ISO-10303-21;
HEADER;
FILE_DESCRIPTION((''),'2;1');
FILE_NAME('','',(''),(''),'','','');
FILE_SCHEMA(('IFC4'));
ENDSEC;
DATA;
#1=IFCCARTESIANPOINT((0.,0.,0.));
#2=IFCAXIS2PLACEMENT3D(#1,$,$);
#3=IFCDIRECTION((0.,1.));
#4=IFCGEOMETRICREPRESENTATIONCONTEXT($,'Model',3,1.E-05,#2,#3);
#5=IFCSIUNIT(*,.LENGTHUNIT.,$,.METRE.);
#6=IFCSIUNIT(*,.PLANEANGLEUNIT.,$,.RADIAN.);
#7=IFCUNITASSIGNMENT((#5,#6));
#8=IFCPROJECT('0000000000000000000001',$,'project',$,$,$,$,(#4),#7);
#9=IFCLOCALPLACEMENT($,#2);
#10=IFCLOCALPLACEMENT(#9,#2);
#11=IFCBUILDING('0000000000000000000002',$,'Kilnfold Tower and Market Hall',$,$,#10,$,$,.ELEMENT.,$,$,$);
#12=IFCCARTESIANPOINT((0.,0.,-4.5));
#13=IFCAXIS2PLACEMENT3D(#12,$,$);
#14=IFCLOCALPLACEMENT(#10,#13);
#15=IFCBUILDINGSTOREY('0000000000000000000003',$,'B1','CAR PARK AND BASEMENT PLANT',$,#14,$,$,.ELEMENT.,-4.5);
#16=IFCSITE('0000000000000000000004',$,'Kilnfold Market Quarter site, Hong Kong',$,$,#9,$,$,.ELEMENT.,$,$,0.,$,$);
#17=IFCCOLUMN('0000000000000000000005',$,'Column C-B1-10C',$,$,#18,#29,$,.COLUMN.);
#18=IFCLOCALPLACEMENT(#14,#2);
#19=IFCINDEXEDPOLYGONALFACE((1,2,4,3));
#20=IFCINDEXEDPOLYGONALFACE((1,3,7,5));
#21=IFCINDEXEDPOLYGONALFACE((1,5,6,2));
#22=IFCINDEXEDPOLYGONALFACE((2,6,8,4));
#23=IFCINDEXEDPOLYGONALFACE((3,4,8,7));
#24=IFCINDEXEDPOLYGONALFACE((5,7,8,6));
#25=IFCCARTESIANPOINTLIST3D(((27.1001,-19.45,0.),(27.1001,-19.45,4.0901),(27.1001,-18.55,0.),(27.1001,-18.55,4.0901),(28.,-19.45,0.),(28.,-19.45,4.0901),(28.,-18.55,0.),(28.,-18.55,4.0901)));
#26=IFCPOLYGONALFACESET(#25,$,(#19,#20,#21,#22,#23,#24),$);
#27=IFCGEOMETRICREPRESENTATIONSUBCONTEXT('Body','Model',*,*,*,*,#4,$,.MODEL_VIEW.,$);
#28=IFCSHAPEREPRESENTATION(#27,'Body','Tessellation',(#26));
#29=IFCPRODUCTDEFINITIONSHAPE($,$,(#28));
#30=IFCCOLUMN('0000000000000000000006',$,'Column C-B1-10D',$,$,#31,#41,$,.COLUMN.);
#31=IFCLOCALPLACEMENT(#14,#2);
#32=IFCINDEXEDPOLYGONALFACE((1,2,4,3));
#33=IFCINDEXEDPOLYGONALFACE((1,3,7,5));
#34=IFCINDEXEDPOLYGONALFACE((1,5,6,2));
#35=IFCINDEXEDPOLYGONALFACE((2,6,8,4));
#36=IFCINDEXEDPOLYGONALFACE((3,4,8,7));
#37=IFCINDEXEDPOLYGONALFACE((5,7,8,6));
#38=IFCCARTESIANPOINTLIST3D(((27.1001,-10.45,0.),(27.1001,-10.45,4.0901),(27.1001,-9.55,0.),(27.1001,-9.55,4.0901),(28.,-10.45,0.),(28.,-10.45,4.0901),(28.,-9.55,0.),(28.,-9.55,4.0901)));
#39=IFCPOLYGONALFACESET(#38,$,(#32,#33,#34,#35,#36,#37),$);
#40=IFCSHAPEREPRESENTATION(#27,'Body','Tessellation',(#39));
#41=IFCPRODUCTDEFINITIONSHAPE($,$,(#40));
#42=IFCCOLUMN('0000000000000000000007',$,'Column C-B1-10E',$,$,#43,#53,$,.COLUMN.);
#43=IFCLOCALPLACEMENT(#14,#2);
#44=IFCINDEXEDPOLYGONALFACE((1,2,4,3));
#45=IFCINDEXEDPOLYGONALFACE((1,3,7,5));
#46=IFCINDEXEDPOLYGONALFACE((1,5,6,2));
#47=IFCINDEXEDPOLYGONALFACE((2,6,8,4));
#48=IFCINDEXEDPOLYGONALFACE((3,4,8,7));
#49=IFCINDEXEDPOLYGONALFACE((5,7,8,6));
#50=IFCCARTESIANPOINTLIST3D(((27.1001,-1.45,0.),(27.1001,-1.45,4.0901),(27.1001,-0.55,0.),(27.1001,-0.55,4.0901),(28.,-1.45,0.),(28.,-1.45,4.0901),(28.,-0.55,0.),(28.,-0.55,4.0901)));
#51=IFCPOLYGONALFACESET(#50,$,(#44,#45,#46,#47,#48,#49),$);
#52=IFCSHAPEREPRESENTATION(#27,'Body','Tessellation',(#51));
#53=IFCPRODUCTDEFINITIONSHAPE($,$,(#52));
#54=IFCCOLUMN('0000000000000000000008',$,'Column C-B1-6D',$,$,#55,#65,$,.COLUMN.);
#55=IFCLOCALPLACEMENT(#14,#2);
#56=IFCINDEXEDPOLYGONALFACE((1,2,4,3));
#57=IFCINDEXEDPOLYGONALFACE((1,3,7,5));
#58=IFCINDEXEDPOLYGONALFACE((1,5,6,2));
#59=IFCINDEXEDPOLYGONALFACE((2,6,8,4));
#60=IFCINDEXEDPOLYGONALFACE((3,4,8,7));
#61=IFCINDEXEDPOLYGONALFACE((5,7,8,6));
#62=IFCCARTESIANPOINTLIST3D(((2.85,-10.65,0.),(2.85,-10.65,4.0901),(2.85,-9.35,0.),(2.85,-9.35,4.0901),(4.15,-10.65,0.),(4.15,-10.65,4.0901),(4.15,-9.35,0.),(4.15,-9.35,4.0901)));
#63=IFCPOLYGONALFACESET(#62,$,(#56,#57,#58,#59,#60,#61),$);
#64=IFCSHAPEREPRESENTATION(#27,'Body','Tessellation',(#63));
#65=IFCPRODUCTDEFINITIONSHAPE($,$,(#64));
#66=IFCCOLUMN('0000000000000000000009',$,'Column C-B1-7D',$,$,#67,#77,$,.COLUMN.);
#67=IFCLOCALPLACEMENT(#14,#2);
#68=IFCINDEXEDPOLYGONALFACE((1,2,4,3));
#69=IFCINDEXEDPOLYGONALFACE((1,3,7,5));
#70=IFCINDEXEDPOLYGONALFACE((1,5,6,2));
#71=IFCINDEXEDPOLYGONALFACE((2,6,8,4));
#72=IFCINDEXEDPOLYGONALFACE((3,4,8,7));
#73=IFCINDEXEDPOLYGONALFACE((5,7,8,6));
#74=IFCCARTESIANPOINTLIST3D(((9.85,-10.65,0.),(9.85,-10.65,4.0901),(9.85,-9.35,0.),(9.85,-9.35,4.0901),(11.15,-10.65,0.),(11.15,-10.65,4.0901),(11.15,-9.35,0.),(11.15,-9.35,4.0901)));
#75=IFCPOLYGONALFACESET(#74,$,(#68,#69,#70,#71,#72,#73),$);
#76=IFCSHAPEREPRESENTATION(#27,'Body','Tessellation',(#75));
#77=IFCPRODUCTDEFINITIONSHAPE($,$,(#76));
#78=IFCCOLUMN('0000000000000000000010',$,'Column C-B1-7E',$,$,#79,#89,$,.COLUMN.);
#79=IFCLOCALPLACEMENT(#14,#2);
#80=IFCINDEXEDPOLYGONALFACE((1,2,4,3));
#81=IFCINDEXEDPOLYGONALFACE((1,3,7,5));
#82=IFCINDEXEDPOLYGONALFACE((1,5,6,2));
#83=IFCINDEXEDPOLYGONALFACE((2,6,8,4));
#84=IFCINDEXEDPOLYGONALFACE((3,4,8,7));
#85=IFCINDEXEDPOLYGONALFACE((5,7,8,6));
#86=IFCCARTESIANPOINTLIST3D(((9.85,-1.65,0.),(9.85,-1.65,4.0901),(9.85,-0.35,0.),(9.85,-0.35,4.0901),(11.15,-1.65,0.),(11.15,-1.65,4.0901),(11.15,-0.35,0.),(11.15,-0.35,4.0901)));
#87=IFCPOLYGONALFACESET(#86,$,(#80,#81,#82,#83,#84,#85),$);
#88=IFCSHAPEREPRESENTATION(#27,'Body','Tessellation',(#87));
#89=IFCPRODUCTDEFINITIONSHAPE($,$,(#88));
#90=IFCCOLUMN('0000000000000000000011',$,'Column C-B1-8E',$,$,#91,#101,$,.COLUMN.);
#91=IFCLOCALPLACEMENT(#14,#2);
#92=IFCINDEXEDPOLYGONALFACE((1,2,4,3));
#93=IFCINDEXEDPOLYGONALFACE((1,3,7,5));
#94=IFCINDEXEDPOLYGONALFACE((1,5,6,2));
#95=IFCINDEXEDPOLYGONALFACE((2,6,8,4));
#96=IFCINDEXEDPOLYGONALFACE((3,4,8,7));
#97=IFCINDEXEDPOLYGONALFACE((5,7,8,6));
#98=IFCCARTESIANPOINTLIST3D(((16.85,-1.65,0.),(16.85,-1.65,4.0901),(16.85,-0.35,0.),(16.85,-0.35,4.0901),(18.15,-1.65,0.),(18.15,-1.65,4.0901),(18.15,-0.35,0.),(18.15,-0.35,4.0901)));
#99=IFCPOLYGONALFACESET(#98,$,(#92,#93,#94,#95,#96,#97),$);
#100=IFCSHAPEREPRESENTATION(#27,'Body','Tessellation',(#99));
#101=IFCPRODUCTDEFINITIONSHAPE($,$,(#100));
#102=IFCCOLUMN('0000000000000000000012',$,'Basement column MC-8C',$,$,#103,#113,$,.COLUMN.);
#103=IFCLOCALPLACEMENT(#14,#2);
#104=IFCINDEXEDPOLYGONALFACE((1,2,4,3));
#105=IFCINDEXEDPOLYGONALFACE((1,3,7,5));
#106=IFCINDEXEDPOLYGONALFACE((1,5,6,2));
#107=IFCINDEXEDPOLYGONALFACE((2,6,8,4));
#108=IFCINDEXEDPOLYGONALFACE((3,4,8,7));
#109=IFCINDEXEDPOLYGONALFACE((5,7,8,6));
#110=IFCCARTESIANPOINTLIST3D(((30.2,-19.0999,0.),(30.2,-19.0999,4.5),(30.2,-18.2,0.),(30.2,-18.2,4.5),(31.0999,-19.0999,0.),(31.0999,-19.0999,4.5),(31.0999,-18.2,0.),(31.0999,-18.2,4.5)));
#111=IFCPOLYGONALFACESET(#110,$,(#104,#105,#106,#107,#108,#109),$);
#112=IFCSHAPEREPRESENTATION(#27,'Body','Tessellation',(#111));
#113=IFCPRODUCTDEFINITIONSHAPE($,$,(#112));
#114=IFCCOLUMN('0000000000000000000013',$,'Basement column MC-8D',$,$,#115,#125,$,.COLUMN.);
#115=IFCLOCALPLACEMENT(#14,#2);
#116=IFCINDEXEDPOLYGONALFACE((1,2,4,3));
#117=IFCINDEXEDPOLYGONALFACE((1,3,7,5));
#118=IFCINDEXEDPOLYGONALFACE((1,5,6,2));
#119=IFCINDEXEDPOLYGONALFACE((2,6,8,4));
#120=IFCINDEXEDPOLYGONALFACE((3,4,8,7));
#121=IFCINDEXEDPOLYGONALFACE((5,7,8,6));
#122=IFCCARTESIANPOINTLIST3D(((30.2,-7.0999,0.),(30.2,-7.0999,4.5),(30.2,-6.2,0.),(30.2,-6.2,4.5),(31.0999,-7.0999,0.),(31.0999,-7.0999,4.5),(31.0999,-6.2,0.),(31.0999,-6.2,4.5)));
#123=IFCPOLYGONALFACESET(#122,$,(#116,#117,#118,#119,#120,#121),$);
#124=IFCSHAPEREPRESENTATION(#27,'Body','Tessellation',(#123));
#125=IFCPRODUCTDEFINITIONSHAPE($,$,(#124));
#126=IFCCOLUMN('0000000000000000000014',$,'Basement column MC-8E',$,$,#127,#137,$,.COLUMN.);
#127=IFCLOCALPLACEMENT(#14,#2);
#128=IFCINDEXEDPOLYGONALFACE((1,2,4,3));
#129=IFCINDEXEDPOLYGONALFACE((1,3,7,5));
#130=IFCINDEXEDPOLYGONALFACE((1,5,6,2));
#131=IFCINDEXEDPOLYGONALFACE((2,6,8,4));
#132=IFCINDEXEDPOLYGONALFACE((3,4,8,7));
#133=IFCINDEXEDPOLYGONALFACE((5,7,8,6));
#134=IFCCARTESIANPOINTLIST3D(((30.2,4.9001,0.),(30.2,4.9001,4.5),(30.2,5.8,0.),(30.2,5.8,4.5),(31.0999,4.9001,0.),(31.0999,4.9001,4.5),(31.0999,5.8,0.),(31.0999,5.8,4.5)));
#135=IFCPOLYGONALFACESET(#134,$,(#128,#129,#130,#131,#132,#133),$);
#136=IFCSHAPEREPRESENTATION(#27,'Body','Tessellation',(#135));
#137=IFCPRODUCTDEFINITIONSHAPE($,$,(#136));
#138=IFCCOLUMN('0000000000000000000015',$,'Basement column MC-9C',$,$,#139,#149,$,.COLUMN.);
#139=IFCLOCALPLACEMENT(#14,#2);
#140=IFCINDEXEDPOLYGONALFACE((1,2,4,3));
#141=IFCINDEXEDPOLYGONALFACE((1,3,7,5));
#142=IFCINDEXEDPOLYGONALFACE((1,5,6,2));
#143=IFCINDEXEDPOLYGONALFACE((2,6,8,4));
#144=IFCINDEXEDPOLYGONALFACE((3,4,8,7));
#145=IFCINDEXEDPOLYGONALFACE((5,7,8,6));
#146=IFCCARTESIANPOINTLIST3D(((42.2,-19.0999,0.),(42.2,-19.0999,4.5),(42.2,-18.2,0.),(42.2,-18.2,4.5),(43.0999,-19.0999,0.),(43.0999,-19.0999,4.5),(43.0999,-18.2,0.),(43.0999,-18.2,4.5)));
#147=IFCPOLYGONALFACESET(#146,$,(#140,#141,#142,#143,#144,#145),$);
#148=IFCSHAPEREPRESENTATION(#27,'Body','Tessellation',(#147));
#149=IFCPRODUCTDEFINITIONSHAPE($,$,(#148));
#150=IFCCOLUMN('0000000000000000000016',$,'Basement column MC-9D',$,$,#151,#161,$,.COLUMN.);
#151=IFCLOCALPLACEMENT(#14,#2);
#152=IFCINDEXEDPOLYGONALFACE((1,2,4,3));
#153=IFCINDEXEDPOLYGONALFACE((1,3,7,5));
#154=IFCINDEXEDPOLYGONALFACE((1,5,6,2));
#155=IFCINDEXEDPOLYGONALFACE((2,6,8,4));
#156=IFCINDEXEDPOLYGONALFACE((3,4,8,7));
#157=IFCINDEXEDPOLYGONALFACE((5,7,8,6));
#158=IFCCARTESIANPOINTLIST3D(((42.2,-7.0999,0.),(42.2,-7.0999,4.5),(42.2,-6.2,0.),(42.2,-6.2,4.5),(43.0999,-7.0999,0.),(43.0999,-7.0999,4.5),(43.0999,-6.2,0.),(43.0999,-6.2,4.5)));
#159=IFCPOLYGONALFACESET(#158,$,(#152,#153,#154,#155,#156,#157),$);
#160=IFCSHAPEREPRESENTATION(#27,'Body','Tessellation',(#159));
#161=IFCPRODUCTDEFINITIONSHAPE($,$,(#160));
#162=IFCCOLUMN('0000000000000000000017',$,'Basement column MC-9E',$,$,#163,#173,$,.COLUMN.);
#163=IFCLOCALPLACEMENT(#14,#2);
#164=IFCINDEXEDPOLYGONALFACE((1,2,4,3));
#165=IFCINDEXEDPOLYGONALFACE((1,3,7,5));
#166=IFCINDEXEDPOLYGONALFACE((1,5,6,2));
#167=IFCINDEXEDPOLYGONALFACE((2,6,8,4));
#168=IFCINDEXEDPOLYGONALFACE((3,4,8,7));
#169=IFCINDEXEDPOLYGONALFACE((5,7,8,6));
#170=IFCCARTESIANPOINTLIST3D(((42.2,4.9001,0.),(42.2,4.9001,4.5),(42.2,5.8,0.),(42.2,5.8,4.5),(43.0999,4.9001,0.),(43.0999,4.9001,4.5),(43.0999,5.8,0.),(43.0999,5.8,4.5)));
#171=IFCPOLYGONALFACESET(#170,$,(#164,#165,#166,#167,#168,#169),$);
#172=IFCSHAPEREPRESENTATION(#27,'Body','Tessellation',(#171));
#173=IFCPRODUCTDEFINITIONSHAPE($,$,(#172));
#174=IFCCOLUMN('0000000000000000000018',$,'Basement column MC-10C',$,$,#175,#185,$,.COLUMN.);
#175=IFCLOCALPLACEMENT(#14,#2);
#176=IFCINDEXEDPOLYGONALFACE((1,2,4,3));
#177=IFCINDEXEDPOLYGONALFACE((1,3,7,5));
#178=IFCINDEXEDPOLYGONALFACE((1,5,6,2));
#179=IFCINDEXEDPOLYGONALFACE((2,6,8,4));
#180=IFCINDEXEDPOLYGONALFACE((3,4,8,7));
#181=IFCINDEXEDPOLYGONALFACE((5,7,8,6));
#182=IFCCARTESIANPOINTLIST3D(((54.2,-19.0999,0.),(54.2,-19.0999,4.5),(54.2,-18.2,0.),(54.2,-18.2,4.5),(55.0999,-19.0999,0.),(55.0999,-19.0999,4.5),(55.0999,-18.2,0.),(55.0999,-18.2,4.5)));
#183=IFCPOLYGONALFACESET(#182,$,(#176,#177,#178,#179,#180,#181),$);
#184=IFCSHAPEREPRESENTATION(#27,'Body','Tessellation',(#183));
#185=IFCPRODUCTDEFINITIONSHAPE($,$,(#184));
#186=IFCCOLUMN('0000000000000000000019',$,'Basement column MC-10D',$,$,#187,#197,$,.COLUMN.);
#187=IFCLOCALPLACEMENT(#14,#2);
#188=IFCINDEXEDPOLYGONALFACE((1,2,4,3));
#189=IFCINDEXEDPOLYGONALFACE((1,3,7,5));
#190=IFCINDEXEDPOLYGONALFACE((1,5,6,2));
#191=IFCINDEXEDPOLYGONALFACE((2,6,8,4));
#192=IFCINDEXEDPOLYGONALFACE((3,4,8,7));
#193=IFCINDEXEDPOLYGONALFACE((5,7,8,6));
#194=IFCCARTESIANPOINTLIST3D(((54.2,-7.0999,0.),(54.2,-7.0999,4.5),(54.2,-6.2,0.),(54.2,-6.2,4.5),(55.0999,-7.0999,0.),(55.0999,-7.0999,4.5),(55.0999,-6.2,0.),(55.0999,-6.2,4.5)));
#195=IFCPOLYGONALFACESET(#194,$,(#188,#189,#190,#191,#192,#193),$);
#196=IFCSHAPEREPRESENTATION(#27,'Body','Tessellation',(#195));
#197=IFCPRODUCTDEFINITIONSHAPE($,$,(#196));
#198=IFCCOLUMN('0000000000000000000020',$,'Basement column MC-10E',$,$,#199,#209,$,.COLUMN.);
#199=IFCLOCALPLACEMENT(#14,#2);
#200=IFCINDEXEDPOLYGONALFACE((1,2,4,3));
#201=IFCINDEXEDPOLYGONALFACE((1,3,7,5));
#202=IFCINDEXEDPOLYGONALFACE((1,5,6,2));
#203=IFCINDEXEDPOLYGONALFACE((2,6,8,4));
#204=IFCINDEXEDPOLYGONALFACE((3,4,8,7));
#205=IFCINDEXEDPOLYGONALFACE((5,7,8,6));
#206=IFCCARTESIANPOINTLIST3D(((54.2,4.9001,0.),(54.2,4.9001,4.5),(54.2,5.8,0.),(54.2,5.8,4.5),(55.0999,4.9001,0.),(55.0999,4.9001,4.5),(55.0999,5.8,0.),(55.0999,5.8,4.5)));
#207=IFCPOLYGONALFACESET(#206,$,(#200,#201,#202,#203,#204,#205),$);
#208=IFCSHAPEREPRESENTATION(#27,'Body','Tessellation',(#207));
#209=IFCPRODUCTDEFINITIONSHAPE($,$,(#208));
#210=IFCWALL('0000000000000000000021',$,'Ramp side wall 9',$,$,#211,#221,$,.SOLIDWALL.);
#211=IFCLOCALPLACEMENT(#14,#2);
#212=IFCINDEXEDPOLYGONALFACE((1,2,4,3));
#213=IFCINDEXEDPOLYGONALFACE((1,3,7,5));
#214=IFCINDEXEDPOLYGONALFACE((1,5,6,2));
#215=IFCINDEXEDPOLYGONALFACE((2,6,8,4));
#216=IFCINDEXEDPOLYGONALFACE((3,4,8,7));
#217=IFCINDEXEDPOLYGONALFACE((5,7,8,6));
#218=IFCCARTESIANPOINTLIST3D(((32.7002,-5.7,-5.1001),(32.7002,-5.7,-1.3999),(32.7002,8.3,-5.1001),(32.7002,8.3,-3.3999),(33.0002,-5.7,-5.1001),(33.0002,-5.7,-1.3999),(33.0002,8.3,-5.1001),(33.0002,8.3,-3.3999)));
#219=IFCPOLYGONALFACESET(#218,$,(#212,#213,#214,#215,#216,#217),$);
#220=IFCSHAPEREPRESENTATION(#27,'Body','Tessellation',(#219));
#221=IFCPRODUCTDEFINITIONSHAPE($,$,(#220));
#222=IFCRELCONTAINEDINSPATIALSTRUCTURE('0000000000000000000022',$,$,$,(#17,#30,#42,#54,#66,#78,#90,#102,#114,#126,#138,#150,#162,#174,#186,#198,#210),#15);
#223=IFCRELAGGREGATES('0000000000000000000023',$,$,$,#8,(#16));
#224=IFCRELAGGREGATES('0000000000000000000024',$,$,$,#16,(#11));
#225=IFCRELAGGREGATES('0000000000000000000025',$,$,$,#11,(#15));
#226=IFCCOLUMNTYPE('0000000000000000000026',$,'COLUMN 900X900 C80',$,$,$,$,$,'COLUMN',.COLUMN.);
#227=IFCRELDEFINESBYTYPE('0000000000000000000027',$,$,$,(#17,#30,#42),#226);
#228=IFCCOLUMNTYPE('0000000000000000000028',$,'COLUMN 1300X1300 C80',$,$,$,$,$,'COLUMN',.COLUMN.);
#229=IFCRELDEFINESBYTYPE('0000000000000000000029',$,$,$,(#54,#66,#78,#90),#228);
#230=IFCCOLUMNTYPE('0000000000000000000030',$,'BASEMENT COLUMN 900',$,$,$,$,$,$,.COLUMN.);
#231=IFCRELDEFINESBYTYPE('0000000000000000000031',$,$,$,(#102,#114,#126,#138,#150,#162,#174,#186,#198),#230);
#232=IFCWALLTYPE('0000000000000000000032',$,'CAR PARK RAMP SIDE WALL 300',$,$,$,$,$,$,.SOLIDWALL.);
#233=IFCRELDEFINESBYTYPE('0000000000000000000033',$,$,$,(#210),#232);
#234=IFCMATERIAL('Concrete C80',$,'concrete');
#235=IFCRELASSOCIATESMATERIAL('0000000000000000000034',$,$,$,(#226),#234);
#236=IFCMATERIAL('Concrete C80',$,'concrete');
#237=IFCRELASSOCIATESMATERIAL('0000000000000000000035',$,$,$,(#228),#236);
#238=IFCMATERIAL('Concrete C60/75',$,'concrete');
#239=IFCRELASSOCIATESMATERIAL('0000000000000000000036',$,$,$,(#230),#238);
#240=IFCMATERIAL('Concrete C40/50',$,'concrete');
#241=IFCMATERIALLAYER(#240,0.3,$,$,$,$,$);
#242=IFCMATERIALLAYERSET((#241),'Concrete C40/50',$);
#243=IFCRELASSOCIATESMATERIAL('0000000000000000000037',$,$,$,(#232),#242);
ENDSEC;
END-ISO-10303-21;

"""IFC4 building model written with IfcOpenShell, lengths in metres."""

from ifc_helpers import new_model, si_unit, direction, frame, origin, origin_2d, place, context, subcontext, project, spatial, polyline, rectangle, outline, extrude, source, transform, mapped, material, layer, layer_set, material_profile, profile_set, type_object, element, save


model = new_model("IFC4")

# Units and contexts
model_context = context("Model", 3, precision=1e-05, world=origin(), true_north=direction((0.0, 1.0)))
body_context = subcontext(model_context, "Body", "Model", "MODEL_VIEW")
ifc_project = project(units=[si_unit("LENGTHUNIT", "METRE"), si_unit("PLANEANGLEUNIT", "RADIAN")], contexts=[model_context])

# Site, building, storey
site_placement = place(None, origin())
site = spatial("IfcSite", under=ifc_project, at=site_placement, Name="Kilnfold Market Quarter site, Hong Kong", CompositionType="ELEMENT", RefElevation=0.0)
building_placement = place(site_placement, origin())
building = spatial("IfcBuilding", under=site, at=building_placement, Name="Kilnfold Tower and Market Hall", CompositionType="ELEMENT")
storey_placement = place(building_placement, frame((0.0, 0.0, -4.5)))
storey = spatial("IfcBuildingStorey", under=building, at=storey_placement, Name="B1", Description="CAR PARK AND BASEMENT PLANT", CompositionType="ELEMENT", Elevation=-4.5)

# Columns
ifc_material_1 = material(Name="Concrete C80", Category="concrete")
ifc_material_profile_1 = material_profile(ifc_material_1, rectangle(XDim=0.8999, YDim=0.8999, at=origin_2d()), Name="RC 900x900")
ifc_profile_set_1 = profile_set([ifc_material_profile_1], Name="Concrete C80")
column_type_1 = type_object("IfcColumnType", Name="COLUMN 900X900 C80", ElementType="COLUMN", PredefinedType="COLUMN", material=ifc_profile_set_1)
shared_shape_1 = source(origin(), body_context, "Body", "SweptSolid", [
    extrude(rectangle(XDim=0.8999, YDim=0.8999, at=origin_2d()), origin(), (0.0, 0.0, 1.0), 4.0901),
])
for number, where, z_axis, x_axis, name in (
    (1, (27.55, -19.0, 0.0), (0.0, 0.0, 1.0), (1.0, 0.0, 0.0), "Column C-B1-10C"),
    (2, (27.55, -10.0, 0.0), (0.0, 0.0, 1.0), (1.0, 0.0, 0.0), "Column C-B1-10D"),
    (3, (27.55, -1.0, 0.0), (0.0, 0.0, 1.0), (1.0, 0.0, 0.0), "Column C-B1-10E"),
):
    element("IfcColumn", number, at=place(storey_placement, frame(where, z_axis=z_axis, x_axis=x_axis)), inside=storey, type_object=column_type_1, Name=name, PredefinedType="COLUMN", context=body_context, shape_type="MappedRepresentation", body=[
        mapped(shared_shape_1, transform((0.0, 0.0, 0.0))),
    ])
ifc_material_2 = material(Name="Concrete C80", Category="concrete")
ifc_material_profile_2 = material_profile(ifc_material_2, rectangle(XDim=1.3, YDim=1.3, at=origin_2d()), Name="RC 1300x1300")
ifc_profile_set_2 = profile_set([ifc_material_profile_2], Name="Concrete C80")
column_type_2 = type_object("IfcColumnType", Name="COLUMN 1300X1300 C80", ElementType="COLUMN", PredefinedType="COLUMN", material=ifc_profile_set_2)
shared_shape_2 = source(origin(), body_context, "Body", "SweptSolid", [
    extrude(rectangle(XDim=1.3, YDim=1.3, at=origin_2d()), origin(), (0.0, 0.0, 1.0), 4.0901),
])
for number, where, z_axis, x_axis, name in (
    (4, (3.5, -10.0, 0.0), (0.0, 0.0, 1.0), (1.0, 0.0, 0.0), "Column C-B1-6D"),
    (5, (10.5, -10.0, 0.0), (0.0, 0.0, 1.0), (1.0, 0.0, 0.0), "Column C-B1-7D"),
    (6, (10.5, -1.0, 0.0), (0.0, 0.0, 1.0), (1.0, 0.0, 0.0), "Column C-B1-7E"),
    (7, (17.5, -1.0, 0.0), (0.0, 0.0, 1.0), (1.0, 0.0, 0.0), "Column C-B1-8E"),
):
    element("IfcColumn", number, at=place(storey_placement, frame(where, z_axis=z_axis, x_axis=x_axis)), inside=storey, type_object=column_type_2, Name=name, PredefinedType="COLUMN", context=body_context, shape_type="MappedRepresentation", body=[
        mapped(shared_shape_2, transform((0.0, 0.0, 0.0))),
    ])
ifc_material_3 = material(Name="Concrete C60/75", Category="concrete")
ifc_material_profile_3 = material_profile(ifc_material_3, rectangle(XDim=0.8999, YDim=0.8999, at=origin_2d()), Name="RC 900x900")
ifc_profile_set_3 = profile_set([ifc_material_profile_3], Name="Concrete C60/75")
column_type_3 = type_object("IfcColumnType", Name="BASEMENT COLUMN 900", PredefinedType="COLUMN", material=ifc_profile_set_3)
shared_shape_3 = source(origin(), body_context, "Body", "SweptSolid", [
    extrude(rectangle(XDim=0.8999, YDim=0.8999, at=origin_2d()), origin(), (0.0, 0.0, 1.0), 4.5),
])
for number, where, z_axis, x_axis, name in (
    (8, (30.6499, -18.6499, 0.0), (0.0, 0.0, 1.0), (1.0, 0.0, 0.0), "Basement column MC-8C"),
    (9, (30.6499, -6.6499, 0.0), (0.0, 0.0, 1.0), (1.0, 0.0, 0.0), "Basement column MC-8D"),
    (10, (30.6499, 5.3501, 0.0), (0.0, 0.0, 1.0), (1.0, 0.0, 0.0), "Basement column MC-8E"),
    (11, (42.6499, -18.6499, 0.0), (0.0, 0.0, 1.0), (1.0, 0.0, 0.0), "Basement column MC-9C"),
    (12, (42.6499, -6.6499, 0.0), (0.0, 0.0, 1.0), (1.0, 0.0, 0.0), "Basement column MC-9D"),
    (13, (42.6499, 5.3501, 0.0), (0.0, 0.0, 1.0), (1.0, 0.0, 0.0), "Basement column MC-9E"),
    (14, (54.6499, -18.6499, 0.0), (0.0, 0.0, 1.0), (1.0, 0.0, 0.0), "Basement column MC-10C"),
    (15, (54.6499, -6.6499, 0.0), (0.0, 0.0, 1.0), (1.0, 0.0, 0.0), "Basement column MC-10D"),
    (16, (54.6499, 5.3501, 0.0), (0.0, 0.0, 1.0), (1.0, 0.0, 0.0), "Basement column MC-10E"),
):
    element("IfcColumn", number, at=place(storey_placement, frame(where, z_axis=z_axis, x_axis=x_axis)), inside=storey, type_object=column_type_3, Name=name, PredefinedType="COLUMN", context=body_context, shape_type="MappedRepresentation", body=[
        mapped(shared_shape_3, transform((0.0, 0.0, 0.0))),
    ])

# Wall
ifc_material_4 = material(Name="Concrete C40/50", Category="concrete")
ifc_layer_1 = layer(ifc_material_4, 0.3)
ifc_layer_set_1 = layer_set([ifc_layer_1], Name="Concrete C40/50")
wall_type_1 = type_object("IfcWallType", Name="CAR PARK RAMP SIDE WALL 300", PredefinedType="SOLIDWALL", material=ifc_layer_set_1)
for number, where, z_axis, x_axis, name in (
    (17, (32.8501, -5.7, -5.1001), (0.0, 0.0, 1.0), (0.0, 1.0, 0.0), "Ramp side wall 9"),
):
    element("IfcWall", number, at=place(storey_placement, frame(where, z_axis=z_axis, x_axis=x_axis)), inside=storey, type_object=wall_type_1, Name=name, PredefinedType="SOLIDWALL", context=body_context, shape_type="SweptSolid", body=[
        extrude(outline(polyline([(0.0, 0.0), (14.0, 0.0), (14.0, 1.7002), (0.0, 3.7002), (0.0, 0.0)])), frame((0.0, 0.1499, 0.0), z_axis=(0.0, -1.0, 0.0), x_axis=(1.0, 0.0, 0.0)), (0.0, 0.0, 1.0), 0.3),
    ])

save(model, "model.ifc")
